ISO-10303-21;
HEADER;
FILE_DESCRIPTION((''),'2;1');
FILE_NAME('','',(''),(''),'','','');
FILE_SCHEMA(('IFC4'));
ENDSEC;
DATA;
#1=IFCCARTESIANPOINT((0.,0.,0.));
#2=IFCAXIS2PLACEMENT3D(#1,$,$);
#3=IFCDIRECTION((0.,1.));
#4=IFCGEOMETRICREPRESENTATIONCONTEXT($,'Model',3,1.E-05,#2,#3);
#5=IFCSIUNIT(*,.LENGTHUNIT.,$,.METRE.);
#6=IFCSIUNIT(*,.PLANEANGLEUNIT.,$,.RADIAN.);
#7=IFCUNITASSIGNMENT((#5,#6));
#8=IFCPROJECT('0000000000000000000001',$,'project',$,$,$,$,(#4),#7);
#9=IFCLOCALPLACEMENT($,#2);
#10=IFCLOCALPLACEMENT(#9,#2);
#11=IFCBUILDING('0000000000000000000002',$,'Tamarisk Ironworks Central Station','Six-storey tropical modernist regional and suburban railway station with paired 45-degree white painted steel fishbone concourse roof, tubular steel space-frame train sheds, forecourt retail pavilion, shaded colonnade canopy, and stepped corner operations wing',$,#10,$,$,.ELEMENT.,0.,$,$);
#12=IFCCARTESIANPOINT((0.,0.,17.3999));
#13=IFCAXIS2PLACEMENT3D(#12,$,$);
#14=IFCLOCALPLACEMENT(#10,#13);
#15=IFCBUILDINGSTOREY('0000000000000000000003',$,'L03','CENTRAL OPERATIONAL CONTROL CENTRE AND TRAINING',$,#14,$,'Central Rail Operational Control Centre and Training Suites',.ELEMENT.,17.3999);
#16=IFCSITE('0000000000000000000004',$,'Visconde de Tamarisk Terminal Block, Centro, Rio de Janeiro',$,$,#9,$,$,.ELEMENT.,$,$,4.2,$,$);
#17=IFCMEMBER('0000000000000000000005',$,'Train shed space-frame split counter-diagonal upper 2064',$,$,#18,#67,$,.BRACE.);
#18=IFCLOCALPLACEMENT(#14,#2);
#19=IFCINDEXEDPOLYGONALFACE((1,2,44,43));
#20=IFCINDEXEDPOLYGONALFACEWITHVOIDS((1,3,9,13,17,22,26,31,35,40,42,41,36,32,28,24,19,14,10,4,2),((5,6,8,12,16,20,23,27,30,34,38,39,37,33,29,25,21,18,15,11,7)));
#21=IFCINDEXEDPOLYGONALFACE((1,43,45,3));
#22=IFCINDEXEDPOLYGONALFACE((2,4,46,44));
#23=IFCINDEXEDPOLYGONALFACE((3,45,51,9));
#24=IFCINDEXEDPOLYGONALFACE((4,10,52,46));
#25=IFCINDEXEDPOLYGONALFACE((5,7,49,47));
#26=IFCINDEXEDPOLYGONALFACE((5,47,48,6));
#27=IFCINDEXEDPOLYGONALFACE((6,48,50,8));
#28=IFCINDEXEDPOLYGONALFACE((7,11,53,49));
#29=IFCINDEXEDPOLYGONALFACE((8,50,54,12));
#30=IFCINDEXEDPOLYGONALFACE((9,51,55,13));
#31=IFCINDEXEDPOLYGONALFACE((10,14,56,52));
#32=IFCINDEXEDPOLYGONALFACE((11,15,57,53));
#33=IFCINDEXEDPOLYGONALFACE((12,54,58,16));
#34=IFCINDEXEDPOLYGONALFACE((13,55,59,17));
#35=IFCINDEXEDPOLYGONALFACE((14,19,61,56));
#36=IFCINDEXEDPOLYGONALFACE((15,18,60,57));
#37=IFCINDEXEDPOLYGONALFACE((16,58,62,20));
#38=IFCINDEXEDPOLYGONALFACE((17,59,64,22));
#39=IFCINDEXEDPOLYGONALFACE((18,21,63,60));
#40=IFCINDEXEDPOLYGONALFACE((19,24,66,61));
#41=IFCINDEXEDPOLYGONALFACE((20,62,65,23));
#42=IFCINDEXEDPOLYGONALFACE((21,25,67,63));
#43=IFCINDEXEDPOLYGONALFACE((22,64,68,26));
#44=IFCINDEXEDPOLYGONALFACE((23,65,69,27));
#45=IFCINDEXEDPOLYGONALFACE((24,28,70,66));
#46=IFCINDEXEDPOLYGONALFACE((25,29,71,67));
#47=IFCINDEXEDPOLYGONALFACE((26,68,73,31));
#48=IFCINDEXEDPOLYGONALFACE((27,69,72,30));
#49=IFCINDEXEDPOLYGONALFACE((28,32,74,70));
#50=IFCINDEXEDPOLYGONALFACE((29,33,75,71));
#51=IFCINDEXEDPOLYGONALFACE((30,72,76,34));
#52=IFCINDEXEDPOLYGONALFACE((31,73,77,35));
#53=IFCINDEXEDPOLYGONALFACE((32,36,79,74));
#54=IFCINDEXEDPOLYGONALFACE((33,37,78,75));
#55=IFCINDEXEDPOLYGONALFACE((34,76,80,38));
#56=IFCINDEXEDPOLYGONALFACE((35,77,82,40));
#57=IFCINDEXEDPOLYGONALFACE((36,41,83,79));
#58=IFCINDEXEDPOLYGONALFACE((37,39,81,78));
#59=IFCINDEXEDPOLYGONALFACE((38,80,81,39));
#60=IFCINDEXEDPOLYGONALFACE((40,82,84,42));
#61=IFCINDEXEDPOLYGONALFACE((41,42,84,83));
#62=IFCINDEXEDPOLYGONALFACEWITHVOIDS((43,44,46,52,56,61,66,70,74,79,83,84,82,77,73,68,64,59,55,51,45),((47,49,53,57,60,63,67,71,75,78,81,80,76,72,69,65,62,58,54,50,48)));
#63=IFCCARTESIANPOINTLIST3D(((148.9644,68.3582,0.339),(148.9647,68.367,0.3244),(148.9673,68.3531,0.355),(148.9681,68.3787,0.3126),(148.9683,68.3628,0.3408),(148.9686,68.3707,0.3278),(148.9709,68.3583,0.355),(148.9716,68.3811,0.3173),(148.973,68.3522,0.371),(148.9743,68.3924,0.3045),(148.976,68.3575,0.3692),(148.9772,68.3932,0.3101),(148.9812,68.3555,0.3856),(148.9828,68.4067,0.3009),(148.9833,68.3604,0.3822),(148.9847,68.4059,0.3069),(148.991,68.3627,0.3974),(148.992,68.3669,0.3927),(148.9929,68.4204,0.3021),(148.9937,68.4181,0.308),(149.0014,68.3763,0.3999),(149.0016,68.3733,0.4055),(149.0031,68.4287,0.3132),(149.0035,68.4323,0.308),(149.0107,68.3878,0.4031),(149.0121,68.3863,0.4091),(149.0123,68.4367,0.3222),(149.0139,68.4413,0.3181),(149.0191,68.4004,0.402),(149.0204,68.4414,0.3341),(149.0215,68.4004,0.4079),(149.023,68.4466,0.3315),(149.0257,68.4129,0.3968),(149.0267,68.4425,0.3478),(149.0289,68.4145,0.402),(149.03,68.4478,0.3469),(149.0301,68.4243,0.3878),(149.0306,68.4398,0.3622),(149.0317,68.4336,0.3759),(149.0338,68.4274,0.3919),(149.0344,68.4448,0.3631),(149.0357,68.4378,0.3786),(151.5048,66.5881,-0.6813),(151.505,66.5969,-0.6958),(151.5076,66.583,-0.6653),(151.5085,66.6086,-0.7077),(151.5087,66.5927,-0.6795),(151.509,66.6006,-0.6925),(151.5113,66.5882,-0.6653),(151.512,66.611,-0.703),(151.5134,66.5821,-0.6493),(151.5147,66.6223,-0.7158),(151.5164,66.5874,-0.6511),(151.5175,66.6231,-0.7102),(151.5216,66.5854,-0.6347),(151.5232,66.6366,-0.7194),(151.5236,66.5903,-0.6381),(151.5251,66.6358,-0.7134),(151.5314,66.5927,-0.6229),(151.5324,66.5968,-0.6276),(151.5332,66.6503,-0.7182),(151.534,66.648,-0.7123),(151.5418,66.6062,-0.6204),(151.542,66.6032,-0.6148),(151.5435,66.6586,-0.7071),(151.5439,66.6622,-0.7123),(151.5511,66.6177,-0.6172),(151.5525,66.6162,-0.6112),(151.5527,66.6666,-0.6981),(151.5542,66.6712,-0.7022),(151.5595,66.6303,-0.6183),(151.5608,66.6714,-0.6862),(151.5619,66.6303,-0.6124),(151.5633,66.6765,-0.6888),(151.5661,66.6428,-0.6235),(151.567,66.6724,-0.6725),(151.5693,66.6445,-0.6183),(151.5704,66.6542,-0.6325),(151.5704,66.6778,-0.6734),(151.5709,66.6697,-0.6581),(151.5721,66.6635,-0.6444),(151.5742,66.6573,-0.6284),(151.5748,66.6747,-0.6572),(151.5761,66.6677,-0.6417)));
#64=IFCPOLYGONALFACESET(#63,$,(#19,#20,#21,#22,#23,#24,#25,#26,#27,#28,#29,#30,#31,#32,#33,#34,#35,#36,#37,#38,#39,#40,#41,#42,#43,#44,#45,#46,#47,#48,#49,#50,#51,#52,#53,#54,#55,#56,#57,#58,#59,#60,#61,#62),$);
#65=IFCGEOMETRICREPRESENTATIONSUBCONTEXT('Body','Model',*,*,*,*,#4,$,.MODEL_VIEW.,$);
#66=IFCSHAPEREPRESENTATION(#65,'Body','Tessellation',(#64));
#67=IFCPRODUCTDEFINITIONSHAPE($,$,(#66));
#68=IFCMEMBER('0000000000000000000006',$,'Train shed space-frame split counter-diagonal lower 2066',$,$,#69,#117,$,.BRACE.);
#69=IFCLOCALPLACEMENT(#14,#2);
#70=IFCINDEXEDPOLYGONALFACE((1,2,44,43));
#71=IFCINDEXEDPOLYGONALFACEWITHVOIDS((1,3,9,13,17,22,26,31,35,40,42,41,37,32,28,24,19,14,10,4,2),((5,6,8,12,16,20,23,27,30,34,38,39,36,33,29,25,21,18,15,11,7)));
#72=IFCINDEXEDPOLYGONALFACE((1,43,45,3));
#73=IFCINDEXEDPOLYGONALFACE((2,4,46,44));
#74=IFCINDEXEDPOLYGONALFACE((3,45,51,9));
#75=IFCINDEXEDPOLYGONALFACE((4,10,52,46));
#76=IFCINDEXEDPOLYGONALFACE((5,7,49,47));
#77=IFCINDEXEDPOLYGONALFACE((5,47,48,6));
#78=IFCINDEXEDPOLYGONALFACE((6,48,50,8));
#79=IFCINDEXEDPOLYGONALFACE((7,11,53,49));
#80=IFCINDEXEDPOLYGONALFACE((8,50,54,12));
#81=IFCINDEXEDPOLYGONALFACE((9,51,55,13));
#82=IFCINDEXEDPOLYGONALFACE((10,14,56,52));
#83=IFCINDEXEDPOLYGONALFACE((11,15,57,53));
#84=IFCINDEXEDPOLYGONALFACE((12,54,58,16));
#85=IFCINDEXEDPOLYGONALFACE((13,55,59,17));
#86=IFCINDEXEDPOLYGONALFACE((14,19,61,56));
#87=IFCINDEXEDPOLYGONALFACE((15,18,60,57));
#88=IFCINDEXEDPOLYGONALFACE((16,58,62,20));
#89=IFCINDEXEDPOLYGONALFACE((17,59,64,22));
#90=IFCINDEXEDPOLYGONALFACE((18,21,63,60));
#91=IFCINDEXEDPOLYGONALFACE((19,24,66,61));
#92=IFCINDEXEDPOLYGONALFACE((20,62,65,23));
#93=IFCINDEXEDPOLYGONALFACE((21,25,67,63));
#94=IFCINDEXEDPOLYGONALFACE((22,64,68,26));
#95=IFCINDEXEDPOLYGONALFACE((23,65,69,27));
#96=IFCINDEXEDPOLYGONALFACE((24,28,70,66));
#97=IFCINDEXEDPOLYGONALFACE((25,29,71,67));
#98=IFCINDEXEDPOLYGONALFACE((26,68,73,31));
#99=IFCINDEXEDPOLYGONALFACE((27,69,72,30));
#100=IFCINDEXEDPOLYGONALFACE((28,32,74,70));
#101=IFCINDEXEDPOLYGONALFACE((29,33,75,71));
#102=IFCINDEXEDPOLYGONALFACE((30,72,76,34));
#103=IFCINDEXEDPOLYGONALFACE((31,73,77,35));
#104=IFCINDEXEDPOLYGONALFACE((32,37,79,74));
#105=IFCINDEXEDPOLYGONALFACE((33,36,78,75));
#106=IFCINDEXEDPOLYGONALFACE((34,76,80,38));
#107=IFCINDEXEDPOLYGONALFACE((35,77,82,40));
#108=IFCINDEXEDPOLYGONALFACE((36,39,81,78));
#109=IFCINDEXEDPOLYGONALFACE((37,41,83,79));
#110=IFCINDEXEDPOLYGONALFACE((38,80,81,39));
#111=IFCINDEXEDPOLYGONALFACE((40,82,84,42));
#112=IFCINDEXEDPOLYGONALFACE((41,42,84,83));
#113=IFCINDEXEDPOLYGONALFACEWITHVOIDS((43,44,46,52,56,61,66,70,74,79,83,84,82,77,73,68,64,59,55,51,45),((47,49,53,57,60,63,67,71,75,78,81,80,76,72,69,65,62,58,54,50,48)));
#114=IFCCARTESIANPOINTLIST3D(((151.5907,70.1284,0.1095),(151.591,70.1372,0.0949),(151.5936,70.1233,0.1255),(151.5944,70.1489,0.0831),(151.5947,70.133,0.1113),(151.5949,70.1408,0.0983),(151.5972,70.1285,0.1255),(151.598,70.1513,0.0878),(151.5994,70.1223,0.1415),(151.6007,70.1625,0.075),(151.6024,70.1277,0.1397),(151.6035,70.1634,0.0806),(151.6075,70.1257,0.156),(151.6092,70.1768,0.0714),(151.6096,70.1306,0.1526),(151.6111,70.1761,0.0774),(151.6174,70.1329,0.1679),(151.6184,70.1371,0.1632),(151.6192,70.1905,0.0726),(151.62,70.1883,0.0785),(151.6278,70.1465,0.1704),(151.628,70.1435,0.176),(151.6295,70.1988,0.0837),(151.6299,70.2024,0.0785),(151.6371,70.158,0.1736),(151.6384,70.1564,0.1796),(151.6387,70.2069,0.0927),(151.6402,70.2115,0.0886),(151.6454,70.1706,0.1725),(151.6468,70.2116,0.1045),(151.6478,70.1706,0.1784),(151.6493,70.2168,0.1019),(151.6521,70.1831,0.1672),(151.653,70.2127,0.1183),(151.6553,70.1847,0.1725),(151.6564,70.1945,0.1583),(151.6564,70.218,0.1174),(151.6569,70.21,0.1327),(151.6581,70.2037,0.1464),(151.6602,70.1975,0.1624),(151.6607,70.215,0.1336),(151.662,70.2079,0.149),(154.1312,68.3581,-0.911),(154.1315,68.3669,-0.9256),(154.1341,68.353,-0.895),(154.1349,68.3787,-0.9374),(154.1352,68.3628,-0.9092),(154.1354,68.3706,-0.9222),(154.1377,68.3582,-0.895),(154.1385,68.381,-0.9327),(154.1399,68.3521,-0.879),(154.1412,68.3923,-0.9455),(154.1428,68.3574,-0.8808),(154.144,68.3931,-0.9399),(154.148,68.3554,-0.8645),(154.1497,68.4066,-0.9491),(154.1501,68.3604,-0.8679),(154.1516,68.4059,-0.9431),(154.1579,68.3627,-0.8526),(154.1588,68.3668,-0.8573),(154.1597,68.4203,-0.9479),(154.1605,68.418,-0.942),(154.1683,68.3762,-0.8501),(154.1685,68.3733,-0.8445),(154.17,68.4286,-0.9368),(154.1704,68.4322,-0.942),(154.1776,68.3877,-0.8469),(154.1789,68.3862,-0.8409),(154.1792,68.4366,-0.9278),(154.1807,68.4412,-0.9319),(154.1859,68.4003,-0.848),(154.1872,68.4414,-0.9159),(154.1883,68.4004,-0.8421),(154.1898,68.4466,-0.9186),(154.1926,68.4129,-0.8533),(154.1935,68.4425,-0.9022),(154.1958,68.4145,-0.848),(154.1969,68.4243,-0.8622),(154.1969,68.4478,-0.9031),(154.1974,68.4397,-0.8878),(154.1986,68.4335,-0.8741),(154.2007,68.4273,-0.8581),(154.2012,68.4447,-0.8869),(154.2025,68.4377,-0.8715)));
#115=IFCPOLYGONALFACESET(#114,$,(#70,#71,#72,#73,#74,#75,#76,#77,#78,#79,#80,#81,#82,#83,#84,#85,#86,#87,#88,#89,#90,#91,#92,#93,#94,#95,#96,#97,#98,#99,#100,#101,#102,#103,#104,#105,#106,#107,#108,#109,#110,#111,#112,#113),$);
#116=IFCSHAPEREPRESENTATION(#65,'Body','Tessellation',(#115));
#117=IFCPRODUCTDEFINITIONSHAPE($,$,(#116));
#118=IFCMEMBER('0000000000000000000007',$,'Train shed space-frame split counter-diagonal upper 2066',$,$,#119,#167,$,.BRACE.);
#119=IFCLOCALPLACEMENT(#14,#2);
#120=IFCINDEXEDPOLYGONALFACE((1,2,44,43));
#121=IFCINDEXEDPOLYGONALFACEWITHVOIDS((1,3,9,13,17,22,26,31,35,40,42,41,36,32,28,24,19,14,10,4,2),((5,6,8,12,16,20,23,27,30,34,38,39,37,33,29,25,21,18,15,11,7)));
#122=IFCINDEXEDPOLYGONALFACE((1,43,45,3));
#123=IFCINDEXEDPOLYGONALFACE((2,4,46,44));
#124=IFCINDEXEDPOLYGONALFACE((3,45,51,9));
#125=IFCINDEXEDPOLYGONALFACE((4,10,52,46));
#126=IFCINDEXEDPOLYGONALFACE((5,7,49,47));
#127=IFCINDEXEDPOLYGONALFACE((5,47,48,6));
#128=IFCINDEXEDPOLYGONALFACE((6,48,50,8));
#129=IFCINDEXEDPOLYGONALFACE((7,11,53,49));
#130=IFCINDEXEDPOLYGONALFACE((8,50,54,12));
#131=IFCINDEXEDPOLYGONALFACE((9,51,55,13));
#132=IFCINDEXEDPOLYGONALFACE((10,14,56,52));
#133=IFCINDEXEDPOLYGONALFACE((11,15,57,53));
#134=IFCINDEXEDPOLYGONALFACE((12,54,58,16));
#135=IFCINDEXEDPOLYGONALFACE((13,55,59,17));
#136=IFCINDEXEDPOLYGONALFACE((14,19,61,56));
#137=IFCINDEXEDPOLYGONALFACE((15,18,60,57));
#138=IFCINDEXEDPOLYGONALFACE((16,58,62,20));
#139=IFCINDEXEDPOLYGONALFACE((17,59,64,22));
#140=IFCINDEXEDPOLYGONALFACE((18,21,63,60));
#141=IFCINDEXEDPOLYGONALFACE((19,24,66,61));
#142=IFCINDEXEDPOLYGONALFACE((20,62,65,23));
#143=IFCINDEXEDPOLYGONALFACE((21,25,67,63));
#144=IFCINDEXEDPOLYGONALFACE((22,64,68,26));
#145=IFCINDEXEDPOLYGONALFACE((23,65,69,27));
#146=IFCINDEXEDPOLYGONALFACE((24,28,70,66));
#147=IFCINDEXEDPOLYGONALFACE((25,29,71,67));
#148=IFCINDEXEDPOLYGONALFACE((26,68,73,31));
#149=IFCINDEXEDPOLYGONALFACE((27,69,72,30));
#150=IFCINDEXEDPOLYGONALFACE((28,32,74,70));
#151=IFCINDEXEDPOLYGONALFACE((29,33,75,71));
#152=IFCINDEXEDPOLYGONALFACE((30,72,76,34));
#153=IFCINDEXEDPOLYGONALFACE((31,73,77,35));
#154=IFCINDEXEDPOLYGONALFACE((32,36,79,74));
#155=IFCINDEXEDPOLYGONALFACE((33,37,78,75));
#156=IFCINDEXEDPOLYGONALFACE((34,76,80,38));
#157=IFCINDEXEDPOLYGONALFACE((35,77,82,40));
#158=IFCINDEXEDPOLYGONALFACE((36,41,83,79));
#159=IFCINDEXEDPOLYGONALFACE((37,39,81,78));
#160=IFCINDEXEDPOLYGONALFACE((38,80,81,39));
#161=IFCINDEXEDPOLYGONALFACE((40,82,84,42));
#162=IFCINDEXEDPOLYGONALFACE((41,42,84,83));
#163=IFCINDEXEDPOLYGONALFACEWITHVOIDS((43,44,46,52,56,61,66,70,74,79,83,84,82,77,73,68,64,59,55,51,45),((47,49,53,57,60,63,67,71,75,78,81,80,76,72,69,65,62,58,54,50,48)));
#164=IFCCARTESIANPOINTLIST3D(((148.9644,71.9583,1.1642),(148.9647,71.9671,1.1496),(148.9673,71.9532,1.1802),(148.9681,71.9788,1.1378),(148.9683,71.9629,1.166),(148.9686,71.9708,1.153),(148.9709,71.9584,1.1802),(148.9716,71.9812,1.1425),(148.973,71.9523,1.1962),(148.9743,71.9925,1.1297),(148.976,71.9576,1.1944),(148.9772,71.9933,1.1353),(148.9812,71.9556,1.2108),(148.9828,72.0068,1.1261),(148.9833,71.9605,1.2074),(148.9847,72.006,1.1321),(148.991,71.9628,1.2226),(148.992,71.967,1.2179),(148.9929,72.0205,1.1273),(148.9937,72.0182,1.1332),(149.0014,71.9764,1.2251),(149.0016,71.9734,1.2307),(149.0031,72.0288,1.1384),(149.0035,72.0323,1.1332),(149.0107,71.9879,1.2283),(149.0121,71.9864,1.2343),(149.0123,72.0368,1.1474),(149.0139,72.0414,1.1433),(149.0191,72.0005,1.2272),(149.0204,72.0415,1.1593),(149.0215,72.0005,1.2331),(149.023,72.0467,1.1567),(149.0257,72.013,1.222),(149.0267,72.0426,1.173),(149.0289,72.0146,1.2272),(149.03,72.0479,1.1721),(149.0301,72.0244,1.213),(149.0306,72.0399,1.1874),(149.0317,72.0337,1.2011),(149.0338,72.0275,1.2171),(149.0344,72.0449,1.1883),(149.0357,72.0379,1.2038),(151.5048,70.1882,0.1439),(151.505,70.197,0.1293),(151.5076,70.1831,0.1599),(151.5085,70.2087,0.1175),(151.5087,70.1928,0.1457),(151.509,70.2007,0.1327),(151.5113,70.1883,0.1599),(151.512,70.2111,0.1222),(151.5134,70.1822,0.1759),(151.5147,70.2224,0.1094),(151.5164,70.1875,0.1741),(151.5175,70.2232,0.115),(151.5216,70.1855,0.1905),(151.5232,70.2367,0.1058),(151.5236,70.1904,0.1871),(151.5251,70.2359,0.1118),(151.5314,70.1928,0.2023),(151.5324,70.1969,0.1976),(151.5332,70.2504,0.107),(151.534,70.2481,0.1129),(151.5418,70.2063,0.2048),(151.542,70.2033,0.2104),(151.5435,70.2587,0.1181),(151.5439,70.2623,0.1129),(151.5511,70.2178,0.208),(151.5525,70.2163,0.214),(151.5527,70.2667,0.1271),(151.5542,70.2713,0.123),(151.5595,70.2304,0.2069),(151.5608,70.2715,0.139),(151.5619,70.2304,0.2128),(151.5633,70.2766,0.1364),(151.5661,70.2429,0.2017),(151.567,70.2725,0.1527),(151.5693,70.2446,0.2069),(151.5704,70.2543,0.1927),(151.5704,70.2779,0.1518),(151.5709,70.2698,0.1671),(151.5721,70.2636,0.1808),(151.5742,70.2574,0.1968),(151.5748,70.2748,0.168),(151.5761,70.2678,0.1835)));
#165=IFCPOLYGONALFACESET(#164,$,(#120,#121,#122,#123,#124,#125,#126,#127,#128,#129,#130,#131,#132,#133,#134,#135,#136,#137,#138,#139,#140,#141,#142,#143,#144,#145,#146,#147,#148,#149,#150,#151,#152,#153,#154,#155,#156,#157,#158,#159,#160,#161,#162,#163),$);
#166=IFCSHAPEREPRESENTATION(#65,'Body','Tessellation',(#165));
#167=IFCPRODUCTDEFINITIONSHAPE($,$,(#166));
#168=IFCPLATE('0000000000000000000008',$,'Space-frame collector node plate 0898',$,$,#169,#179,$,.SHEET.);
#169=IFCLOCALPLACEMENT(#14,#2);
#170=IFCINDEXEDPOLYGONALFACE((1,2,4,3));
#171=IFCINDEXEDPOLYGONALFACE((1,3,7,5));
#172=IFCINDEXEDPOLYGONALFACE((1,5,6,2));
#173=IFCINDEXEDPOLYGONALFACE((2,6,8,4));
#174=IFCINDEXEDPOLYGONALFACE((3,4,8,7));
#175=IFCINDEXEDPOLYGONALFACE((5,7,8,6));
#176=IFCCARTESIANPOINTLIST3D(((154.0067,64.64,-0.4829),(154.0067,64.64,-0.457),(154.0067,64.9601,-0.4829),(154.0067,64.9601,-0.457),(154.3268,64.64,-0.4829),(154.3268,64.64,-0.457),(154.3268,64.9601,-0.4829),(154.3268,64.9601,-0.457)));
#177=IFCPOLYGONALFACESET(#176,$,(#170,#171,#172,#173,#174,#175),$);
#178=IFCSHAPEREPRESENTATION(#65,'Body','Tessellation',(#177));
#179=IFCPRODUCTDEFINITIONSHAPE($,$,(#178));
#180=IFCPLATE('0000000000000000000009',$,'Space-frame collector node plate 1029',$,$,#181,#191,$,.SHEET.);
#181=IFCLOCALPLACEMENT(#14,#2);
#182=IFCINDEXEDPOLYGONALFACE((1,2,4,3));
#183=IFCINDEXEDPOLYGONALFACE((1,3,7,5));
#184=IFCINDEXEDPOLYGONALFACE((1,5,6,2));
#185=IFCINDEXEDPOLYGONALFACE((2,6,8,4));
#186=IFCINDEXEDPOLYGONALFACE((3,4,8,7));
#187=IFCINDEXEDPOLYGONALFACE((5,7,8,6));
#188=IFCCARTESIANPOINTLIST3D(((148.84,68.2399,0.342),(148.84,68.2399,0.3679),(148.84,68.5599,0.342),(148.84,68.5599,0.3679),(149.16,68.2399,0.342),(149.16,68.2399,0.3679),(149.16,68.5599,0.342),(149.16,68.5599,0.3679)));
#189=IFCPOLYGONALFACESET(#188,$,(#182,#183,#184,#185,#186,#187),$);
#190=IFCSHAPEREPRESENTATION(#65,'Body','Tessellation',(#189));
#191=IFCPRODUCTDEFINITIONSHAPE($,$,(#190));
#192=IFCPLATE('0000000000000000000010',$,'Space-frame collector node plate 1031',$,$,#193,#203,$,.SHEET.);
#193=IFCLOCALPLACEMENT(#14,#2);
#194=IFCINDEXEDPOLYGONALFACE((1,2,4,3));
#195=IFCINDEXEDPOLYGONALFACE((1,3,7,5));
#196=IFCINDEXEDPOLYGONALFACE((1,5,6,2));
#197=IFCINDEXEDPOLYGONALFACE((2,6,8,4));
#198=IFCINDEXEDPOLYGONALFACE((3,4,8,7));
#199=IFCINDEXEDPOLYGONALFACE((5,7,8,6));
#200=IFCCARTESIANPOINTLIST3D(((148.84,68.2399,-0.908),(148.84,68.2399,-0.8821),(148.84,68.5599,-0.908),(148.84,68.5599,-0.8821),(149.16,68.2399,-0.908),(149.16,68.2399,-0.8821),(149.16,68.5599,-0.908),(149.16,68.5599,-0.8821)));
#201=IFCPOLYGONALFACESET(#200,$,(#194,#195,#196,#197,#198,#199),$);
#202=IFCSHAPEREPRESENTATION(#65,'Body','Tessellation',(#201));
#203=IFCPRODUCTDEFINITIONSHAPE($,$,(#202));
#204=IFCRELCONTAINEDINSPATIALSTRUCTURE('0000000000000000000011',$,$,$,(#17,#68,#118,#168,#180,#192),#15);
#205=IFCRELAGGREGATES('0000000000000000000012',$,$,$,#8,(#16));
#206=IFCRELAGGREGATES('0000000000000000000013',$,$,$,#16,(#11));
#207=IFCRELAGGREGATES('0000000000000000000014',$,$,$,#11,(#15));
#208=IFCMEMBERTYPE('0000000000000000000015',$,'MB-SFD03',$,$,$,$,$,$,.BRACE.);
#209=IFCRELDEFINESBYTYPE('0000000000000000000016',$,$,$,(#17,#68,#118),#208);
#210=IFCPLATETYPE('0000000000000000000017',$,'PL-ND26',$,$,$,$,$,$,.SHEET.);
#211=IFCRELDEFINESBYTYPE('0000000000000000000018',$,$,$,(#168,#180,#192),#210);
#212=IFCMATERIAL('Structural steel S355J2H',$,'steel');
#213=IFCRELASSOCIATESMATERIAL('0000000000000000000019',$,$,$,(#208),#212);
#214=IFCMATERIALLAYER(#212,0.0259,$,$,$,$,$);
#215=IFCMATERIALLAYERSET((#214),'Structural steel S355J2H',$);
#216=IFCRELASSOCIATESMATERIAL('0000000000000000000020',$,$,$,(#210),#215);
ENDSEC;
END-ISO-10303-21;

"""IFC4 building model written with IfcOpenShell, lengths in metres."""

from ifc_helpers import new_model, si_unit, direction, frame, origin, origin_2d, place, context, subcontext, project, spatial, rectangle, hollow_circle, extrude, material, layer, layer_set, material_profile, profile_set, type_object, element, save


model = new_model("IFC4")

# Units and contexts
model_context = context("Model", 3, precision=1e-05, world=origin(), true_north=direction((0.0, 1.0)))
body_context = subcontext(model_context, "Body", "Model", "MODEL_VIEW")
ifc_project = project(units=[si_unit("LENGTHUNIT", "METRE"), si_unit("PLANEANGLEUNIT", "RADIAN")], contexts=[model_context])

# Site, building, storey
site_placement = place(None, origin())
site = spatial("IfcSite", under=ifc_project, at=site_placement, Name="Visconde de Tamarisk Terminal Block, Centro, Rio de Janeiro", CompositionType="ELEMENT", RefElevation=4.2)
building_placement = place(site_placement, origin())
building = spatial("IfcBuilding", under=site, at=building_placement, Name="Tamarisk Ironworks Central Station", Description="Six-storey tropical modernist regional and suburban railway station with paired 45-degree white painted steel fishbone concourse roof, tubular steel space-frame train sheds, forecourt retail pavilion, shaded colonnade canopy, and stepped corner operations wing", CompositionType="ELEMENT", ElevationOfRefHeight=0.0)
storey_placement = place(building_placement, frame((0.0, 0.0, 17.3999)))
storey = spatial("IfcBuildingStorey", under=building, at=storey_placement, Name="L03", Description="CENTRAL OPERATIONAL CONTROL CENTRE AND TRAINING", LongName="Central Rail Operational Control Centre and Training Suites", CompositionType="ELEMENT", Elevation=17.3999)

# Members
ifc_material_1 = material(Name="Structural steel S355J2H", Category="steel")
ifc_material_profile_1 = material_profile(ifc_material_1, hollow_circle(Radius=0.0571, WallThickness=0.0063, at=origin_2d()), Name="CHS 114.3x6.3")
ifc_profile_set_1 = profile_set([ifc_material_profile_1], Name="Structural steel S355J2H")
member_type_1 = type_object("IfcMemberType", Name="MB-SFD03", PredefinedType="BRACE", material=ifc_profile_set_1)
for number, where, z_axis, x_axis, name in (
    (1, (151.5403, 66.6299, -0.6653), (-0.779252, 0.542967, 0.312974), (-0.571688, -0.820471, 0.0), "Train shed space-frame split counter-diagonal upper 2064"),
):
    element("IfcMember", number, at=place(storey_placement, frame(where, z_axis=z_axis, x_axis=x_axis)), inside=storey, type_object=member_type_1, Name=name, PredefinedType="BRACE", context=body_context, shape_type="SweptSolid", body=[
        extrude(hollow_circle(Radius=0.0571, WallThickness=0.0063, at=origin_2d()), origin(), (0.0, 0.0, 1.0), 3.26),
    ])
member_1_placement = place(storey_placement, frame((154.1667, 68.3999, -0.895), z_axis=(-0.779231, 0.542976, 0.313011), x_axis=(-0.571704, -0.82046, 0.0)))
element("IfcMember", 2, at=member_1_placement, inside=storey, type_object=member_type_1, Name="Train shed space-frame split counter-diagonal lower 2066", PredefinedType="BRACE", context=body_context, shape_type="SweptSolid", body=[
    extrude(hollow_circle(Radius=0.0571, WallThickness=0.0063, at=origin_2d()), origin(), (0.0, 0.0, 1.0), 3.2603),
])
member_2_placement = place(storey_placement, frame((151.5403, 70.23, 0.1599), z_axis=(-0.779252, 0.542967, 0.312974), x_axis=(-0.571688, -0.820471, 0.0)))
element("IfcMember", 3, at=member_2_placement, inside=storey, type_object=member_type_1, Name="Train shed space-frame split counter-diagonal upper 2066", PredefinedType="BRACE", context=body_context, shape_type="SweptSolid", body=[
    extrude(hollow_circle(Radius=0.0571, WallThickness=0.0063, at=origin_2d()), origin(), (0.0, 0.0, 1.0), 3.26),
])

# Plates
ifc_layer = layer(ifc_material_1, 0.0259)
ifc_layer_set = layer_set([ifc_layer], Name="Structural steel S355J2H")
plate_type = type_object("IfcPlateType", Name="PL-ND26", PredefinedType="SHEET", material=ifc_layer_set)
for number, where, z_axis, x_axis, name in (
    (4, (154.1667, 64.8, -0.4829), (0.0, 0.0, 1.0), (1.0, 0.0, 0.0), "Space-frame collector node plate 0898"),
    (5, (149.0, 68.3999, 0.342), (0.0, 0.0, 1.0), (1.0, 0.0, 0.0), "Space-frame collector node plate 1029"),
    (6, (149.0, 68.3999, -0.908), (0.0, 0.0, 1.0), (1.0, 0.0, 0.0), "Space-frame collector node plate 1031"),
):
    element("IfcPlate", number, at=place(storey_placement, frame(where, z_axis=z_axis, x_axis=x_axis)), inside=storey, type_object=plate_type, Name=name, PredefinedType="SHEET", context=body_context, shape_type="SweptSolid", body=[
        extrude(rectangle(XDim=0.3201, YDim=0.3201, at=origin_2d()), origin(), (0.0, 0.0, 1.0), 0.0259),
    ])

save(model, "model.ifc")
